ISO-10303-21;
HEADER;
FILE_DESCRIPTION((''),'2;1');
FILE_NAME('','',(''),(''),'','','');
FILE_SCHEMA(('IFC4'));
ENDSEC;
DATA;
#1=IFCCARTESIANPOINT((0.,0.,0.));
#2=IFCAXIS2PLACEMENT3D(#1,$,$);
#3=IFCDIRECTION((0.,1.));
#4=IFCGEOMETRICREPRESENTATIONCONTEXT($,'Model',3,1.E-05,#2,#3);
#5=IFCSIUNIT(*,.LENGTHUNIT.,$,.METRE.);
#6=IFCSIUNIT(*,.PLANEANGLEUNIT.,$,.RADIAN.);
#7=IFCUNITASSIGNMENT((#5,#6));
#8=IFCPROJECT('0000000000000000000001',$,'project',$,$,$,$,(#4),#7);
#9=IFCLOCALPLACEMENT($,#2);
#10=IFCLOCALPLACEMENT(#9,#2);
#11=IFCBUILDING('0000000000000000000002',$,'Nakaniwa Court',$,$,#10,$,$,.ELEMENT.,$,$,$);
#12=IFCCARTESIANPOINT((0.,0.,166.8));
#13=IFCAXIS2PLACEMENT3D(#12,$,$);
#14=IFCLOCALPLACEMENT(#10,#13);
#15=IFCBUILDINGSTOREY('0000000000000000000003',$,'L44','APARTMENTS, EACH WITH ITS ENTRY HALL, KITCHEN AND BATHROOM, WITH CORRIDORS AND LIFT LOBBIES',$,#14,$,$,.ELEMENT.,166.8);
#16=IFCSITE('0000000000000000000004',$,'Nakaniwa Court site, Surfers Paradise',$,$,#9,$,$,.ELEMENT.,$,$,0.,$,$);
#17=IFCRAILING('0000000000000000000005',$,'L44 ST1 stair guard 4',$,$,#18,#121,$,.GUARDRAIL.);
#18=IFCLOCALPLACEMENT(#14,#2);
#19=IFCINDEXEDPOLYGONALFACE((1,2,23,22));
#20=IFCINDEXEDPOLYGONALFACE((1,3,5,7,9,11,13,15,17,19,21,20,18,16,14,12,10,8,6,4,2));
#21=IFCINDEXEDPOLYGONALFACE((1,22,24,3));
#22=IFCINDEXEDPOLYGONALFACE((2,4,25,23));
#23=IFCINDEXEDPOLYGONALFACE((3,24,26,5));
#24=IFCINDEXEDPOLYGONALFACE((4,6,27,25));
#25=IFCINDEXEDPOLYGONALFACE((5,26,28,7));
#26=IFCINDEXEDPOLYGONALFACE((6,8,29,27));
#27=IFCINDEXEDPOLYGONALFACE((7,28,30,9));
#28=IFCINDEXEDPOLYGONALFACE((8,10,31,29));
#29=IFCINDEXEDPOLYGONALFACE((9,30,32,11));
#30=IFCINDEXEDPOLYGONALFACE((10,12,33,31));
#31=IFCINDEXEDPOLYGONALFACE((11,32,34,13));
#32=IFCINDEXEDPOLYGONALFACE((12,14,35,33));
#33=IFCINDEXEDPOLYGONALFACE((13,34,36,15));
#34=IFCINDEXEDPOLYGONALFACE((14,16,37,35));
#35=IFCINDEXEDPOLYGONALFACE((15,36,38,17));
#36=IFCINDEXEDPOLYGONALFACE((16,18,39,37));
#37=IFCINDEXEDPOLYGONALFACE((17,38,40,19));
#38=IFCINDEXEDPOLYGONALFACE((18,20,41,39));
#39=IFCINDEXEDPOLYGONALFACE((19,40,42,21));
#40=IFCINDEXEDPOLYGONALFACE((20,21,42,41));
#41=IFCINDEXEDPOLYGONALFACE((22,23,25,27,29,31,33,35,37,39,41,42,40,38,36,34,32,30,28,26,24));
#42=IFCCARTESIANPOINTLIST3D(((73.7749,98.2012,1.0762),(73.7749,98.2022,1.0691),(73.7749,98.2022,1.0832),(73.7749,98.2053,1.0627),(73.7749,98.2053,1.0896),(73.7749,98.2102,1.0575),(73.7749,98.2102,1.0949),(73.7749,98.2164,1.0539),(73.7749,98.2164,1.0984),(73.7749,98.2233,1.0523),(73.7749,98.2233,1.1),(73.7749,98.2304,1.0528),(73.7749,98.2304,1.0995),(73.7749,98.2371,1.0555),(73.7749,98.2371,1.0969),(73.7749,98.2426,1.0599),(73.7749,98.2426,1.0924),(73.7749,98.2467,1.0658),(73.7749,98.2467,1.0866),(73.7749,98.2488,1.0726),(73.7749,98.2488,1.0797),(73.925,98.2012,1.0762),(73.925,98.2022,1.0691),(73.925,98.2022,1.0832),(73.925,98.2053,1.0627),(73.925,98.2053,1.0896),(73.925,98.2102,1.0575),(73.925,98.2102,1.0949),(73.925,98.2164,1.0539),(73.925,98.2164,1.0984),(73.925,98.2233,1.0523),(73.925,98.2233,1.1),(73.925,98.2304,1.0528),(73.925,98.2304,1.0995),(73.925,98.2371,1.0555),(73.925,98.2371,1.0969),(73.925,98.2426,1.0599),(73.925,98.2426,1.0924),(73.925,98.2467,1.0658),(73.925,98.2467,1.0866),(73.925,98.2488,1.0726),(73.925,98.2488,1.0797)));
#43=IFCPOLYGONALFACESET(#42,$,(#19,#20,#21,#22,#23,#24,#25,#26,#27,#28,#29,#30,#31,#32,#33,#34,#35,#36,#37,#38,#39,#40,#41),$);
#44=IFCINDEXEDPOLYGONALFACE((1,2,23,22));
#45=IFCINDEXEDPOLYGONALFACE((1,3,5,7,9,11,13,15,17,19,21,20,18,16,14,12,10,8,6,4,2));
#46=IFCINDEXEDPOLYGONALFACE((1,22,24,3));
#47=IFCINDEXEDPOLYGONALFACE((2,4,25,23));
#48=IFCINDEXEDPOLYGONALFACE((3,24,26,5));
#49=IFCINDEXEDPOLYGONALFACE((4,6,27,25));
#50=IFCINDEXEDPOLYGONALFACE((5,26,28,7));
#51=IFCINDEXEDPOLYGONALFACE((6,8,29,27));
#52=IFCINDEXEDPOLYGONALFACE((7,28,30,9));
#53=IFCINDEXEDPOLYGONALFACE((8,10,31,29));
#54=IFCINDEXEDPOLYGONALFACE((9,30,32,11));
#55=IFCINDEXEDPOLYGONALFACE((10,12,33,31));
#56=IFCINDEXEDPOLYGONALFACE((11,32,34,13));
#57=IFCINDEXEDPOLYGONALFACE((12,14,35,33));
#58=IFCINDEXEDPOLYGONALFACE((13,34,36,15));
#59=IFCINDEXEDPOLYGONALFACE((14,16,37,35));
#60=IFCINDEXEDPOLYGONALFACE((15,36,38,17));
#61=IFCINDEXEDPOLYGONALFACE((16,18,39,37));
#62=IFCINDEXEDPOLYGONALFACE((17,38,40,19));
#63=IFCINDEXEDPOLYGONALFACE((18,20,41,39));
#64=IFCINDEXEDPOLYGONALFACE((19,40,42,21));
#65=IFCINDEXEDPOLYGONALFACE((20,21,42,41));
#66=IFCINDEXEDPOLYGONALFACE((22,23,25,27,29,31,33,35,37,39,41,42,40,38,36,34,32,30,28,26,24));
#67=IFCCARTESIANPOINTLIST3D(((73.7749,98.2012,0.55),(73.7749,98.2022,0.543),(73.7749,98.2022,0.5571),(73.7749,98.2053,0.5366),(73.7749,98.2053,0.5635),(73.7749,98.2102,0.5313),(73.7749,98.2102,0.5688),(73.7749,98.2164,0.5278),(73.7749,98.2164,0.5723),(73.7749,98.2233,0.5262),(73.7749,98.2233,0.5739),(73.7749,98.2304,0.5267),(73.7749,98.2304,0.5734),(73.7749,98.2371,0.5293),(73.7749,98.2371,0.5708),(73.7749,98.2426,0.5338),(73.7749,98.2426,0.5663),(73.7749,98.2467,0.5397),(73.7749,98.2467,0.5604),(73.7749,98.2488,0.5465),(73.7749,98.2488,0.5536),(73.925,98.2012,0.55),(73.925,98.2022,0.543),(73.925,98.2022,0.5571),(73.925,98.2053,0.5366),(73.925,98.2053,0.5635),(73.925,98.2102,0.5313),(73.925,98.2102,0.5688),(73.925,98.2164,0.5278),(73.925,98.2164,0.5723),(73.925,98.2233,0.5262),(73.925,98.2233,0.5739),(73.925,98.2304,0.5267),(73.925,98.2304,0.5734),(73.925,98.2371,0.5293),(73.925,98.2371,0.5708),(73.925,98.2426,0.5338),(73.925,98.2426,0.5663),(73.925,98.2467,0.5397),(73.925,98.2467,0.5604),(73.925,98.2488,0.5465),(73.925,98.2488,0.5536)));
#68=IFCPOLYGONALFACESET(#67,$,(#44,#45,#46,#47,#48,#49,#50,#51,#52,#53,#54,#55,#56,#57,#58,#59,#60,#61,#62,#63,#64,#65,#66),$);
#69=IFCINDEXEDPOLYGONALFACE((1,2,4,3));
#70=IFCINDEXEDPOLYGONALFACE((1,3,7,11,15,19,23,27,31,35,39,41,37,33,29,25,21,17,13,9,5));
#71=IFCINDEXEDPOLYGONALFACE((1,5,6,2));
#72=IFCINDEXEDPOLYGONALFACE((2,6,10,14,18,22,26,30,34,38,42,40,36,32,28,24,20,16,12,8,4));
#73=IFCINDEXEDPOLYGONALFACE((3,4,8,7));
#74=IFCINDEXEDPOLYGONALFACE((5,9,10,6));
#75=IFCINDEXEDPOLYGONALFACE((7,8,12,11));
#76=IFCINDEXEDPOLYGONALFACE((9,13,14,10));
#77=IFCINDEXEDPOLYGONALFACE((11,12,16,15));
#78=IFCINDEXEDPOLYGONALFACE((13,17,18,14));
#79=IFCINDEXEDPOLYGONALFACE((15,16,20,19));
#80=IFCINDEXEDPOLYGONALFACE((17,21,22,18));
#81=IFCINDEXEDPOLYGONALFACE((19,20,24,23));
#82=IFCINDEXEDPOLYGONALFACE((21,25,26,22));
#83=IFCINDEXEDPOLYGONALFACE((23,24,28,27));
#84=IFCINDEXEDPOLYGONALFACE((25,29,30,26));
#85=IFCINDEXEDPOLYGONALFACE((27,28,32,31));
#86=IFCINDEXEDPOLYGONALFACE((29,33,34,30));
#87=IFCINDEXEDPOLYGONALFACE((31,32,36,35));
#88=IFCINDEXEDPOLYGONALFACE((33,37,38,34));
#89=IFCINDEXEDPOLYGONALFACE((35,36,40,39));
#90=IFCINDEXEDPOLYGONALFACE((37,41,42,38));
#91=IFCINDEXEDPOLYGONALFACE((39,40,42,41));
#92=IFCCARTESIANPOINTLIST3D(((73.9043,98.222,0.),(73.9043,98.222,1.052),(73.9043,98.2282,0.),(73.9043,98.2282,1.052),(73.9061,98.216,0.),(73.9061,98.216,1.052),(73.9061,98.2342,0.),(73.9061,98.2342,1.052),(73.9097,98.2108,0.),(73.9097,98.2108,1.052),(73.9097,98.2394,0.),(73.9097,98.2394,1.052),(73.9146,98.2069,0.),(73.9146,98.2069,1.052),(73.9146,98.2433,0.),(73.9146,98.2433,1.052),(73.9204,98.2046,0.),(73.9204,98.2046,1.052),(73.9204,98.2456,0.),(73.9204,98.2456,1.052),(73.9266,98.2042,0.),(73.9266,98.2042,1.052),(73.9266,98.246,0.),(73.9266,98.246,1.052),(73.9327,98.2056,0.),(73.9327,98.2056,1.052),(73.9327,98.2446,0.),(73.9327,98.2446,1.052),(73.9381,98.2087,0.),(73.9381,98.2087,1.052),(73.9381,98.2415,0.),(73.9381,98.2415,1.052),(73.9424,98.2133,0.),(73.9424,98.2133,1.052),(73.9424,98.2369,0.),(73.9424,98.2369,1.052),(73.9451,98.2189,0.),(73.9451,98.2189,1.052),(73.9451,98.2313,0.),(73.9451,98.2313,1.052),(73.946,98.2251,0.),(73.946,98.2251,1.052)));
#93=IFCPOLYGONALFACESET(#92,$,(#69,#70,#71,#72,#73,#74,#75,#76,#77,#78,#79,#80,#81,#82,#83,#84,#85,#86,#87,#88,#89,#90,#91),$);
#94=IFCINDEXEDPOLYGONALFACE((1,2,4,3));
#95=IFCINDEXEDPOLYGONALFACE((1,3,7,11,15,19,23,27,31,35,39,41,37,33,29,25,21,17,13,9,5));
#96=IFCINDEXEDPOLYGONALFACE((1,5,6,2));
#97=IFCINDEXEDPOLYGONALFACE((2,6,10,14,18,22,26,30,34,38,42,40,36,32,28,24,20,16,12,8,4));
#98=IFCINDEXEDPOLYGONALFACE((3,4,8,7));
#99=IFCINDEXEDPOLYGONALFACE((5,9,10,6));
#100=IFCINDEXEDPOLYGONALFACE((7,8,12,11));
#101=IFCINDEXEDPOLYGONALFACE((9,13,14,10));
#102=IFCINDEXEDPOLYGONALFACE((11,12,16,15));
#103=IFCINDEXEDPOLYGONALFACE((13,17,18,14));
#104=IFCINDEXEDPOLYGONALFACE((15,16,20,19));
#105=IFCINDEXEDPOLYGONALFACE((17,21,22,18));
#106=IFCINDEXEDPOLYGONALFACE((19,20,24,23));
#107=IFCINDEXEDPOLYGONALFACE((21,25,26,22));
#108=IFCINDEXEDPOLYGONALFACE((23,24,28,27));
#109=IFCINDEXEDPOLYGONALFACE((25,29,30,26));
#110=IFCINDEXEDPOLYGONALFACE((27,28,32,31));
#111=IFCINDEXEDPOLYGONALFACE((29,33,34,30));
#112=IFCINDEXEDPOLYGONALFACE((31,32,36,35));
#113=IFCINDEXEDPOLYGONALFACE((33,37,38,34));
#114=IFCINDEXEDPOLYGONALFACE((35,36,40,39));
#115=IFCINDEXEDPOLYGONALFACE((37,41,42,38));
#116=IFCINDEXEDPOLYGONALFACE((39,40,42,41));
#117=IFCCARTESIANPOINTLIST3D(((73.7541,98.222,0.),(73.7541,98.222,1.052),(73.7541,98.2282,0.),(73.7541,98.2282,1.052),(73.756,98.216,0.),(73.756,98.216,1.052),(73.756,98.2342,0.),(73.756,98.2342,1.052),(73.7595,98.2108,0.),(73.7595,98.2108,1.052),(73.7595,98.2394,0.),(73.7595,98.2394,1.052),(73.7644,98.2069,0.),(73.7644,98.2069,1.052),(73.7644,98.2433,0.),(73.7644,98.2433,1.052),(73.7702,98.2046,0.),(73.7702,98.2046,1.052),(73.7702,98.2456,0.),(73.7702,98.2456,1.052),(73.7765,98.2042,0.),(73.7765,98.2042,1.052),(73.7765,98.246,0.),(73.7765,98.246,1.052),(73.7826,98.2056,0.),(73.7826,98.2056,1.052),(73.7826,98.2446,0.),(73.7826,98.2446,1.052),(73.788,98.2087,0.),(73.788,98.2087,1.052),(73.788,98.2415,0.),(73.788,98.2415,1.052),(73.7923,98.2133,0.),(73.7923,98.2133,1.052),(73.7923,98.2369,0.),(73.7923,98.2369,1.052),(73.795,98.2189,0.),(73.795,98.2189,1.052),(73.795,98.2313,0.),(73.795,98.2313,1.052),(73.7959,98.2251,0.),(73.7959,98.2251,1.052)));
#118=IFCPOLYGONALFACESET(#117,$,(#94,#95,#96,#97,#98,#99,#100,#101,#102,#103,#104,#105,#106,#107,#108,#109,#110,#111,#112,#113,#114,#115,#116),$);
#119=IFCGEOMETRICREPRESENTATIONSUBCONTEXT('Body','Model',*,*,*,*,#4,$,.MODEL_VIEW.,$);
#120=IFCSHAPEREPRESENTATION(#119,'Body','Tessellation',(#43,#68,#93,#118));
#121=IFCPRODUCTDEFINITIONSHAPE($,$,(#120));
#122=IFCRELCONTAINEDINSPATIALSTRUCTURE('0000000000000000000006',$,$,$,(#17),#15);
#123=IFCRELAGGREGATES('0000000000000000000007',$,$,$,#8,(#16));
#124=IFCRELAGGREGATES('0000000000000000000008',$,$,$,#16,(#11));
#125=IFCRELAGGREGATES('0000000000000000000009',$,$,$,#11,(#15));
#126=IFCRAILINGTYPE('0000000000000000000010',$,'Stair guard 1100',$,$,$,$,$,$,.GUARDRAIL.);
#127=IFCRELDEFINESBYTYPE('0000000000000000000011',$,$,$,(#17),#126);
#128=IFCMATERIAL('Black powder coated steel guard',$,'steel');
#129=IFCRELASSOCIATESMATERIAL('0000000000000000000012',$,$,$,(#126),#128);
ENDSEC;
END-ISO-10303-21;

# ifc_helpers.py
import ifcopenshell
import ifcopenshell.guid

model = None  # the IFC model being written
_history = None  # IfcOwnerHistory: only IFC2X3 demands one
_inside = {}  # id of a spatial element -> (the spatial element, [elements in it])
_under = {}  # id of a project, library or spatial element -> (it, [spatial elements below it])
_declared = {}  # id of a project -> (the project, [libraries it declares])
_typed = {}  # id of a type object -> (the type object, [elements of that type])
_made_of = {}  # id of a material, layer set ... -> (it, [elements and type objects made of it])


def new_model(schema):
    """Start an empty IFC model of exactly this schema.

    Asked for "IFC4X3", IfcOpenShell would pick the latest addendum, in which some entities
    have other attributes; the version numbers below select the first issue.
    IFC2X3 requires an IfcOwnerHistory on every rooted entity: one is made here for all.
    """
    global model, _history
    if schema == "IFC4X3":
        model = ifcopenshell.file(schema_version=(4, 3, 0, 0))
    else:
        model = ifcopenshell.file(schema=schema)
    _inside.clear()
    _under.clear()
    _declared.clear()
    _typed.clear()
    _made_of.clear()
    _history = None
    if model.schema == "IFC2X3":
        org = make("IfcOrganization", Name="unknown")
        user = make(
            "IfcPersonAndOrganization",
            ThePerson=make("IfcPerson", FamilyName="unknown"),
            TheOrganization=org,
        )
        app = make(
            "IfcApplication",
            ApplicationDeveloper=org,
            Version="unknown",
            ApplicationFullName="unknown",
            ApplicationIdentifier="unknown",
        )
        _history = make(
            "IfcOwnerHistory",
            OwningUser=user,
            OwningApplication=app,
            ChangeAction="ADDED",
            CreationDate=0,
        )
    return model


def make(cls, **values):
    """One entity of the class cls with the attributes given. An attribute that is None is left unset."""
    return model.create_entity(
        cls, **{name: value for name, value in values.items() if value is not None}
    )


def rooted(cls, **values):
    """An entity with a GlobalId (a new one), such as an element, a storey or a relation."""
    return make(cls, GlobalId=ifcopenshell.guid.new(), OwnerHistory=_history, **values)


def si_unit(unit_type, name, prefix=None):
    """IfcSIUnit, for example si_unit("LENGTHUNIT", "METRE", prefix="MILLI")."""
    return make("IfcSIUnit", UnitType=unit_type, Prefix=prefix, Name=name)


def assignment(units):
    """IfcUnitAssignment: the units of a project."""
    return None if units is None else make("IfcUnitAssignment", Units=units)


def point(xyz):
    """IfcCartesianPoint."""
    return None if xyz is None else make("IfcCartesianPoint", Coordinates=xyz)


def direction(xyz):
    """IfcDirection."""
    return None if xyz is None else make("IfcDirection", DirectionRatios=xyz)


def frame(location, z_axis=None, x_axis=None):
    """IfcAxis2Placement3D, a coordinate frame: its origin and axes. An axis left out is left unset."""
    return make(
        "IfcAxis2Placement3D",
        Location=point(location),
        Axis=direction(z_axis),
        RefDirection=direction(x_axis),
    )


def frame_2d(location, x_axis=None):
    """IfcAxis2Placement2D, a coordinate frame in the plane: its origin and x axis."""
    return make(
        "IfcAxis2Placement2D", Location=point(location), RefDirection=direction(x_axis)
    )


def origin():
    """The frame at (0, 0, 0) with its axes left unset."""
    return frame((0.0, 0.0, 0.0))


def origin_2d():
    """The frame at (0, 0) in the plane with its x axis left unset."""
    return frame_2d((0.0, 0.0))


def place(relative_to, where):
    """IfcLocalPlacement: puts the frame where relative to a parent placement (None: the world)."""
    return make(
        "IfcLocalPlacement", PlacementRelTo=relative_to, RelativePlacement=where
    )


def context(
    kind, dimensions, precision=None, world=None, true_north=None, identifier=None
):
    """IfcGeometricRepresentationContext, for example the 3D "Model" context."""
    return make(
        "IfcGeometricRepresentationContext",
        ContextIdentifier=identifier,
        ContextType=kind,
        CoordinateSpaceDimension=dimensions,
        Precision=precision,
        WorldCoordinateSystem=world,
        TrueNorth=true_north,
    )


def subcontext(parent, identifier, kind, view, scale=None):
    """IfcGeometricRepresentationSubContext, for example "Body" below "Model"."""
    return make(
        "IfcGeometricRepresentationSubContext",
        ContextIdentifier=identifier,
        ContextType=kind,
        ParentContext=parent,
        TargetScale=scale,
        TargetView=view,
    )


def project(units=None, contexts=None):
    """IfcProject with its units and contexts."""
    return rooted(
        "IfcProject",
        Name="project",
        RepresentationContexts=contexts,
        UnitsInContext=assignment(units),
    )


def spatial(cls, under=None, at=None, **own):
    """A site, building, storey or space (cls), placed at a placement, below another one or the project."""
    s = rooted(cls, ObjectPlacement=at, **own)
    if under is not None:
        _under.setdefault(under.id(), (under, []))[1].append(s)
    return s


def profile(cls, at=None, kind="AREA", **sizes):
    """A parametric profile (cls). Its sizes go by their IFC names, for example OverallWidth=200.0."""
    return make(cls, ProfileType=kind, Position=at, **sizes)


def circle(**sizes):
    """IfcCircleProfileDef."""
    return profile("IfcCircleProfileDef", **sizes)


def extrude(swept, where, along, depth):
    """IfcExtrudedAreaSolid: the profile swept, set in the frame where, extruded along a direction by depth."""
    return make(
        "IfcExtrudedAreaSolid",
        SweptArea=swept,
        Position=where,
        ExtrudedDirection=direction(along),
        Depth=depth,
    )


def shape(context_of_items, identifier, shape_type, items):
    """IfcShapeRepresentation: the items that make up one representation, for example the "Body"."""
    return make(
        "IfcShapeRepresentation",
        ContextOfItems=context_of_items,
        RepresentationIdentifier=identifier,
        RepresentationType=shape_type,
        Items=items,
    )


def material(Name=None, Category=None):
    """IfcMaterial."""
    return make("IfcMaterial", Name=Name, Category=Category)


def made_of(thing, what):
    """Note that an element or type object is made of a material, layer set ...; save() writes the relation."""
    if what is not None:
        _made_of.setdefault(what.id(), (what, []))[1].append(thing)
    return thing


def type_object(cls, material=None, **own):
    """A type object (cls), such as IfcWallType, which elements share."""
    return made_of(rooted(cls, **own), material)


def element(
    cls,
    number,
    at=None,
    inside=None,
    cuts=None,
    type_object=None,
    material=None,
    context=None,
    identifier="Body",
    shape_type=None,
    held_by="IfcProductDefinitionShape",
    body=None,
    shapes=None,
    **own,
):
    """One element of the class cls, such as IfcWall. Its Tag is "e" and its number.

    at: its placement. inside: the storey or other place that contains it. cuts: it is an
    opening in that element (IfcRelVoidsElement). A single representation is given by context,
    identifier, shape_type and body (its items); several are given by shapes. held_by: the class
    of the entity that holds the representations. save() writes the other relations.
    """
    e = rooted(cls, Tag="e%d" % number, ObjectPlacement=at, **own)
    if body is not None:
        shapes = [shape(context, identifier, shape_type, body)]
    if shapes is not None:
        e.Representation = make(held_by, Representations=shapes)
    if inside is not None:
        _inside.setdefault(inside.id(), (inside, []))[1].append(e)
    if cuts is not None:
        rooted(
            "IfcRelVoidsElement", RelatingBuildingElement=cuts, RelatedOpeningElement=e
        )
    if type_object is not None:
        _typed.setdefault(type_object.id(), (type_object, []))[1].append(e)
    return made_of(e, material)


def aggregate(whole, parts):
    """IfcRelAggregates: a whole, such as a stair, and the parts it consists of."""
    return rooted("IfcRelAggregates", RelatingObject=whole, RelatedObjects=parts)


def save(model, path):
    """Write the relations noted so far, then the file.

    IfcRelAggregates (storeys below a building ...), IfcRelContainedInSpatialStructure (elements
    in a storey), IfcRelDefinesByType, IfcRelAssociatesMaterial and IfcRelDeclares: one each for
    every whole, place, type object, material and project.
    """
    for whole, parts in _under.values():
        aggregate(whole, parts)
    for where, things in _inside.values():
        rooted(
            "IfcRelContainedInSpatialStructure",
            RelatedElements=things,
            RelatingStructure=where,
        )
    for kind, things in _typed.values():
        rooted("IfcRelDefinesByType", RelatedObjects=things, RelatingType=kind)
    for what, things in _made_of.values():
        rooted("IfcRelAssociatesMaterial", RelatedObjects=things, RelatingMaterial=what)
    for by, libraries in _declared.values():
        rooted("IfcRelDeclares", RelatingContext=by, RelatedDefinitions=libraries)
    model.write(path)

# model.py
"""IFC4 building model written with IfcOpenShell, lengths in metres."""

from ifc_helpers import new_model, si_unit, direction, frame, origin, origin_2d, place, context, subcontext, project, spatial, circle, extrude, material, type_object, element, save


model = new_model("IFC4")

# Units and contexts
model_context = context("Model", 3, precision=1e-05, world=origin(), true_north=direction((0.0, 1.0)))
body_context = subcontext(model_context, "Body", "Model", "MODEL_VIEW")
ifc_project = project(units=[si_unit("LENGTHUNIT", "METRE"), si_unit("PLANEANGLEUNIT", "RADIAN")], contexts=[model_context])

# Site, building, storey
site_placement = place(None, origin())
site = spatial("IfcSite", under=ifc_project, at=site_placement, Name="Nakaniwa Court site, Surfers Paradise", CompositionType="ELEMENT", RefElevation=0.0)
building_placement = place(site_placement, origin())
building = spatial("IfcBuilding", under=site, at=building_placement, Name="Nakaniwa Court", CompositionType="ELEMENT")
storey_placement = place(building_placement, frame((0.0, 0.0, 166.8)))
storey = spatial("IfcBuildingStorey", under=building, at=storey_placement, Name="L44", Description="APARTMENTS, EACH WITH ITS ENTRY HALL, KITCHEN AND BATHROOM, WITH CORRIDORS AND LIFT LOBBIES", CompositionType="ELEMENT", Elevation=166.8)

# Railing
ifc_material_1 = material(Name="Black powder coated steel guard", Category="steel")
railing_type_1 = type_object("IfcRailingType", Name="Stair guard 1100", PredefinedType="GUARDRAIL", material=ifc_material_1)
railing_1_placement = place(storey_placement, frame((73.925, 98.2251, 0.0)))
element("IfcRailing", 1, at=railing_1_placement, inside=storey, type_object=railing_type_1, Name="L44 ST1 stair guard 4", PredefinedType="GUARDRAIL", context=body_context, shape_type="SweptSolid", body=[
    extrude(circle(Radius=0.0239, at=origin_2d()), frame((0.0, 0.0, 1.0762), z_axis=(-1.0, 0.0, 0.0), x_axis=(0.0, -1.0, 0.0)), (0.0, 0.0, 1.0), 0.1501),
    extrude(circle(Radius=0.0239, at=origin_2d()), frame((0.0, 0.0, 0.55), z_axis=(-1.0, 0.0, 0.0), x_axis=(0.0, -1.0, 0.0)), (0.0, 0.0, 1.0), 0.1501),
    extrude(circle(Radius=0.021, at=origin_2d()), origin(), (0.0, 0.0, 1.0), 1.052),
    extrude(circle(Radius=0.021, at=origin_2d()), frame((-0.1501, 0.0, 0.0)), (0.0, 0.0, 1.0), 1.052),
])

save(model, "model.ifc")
